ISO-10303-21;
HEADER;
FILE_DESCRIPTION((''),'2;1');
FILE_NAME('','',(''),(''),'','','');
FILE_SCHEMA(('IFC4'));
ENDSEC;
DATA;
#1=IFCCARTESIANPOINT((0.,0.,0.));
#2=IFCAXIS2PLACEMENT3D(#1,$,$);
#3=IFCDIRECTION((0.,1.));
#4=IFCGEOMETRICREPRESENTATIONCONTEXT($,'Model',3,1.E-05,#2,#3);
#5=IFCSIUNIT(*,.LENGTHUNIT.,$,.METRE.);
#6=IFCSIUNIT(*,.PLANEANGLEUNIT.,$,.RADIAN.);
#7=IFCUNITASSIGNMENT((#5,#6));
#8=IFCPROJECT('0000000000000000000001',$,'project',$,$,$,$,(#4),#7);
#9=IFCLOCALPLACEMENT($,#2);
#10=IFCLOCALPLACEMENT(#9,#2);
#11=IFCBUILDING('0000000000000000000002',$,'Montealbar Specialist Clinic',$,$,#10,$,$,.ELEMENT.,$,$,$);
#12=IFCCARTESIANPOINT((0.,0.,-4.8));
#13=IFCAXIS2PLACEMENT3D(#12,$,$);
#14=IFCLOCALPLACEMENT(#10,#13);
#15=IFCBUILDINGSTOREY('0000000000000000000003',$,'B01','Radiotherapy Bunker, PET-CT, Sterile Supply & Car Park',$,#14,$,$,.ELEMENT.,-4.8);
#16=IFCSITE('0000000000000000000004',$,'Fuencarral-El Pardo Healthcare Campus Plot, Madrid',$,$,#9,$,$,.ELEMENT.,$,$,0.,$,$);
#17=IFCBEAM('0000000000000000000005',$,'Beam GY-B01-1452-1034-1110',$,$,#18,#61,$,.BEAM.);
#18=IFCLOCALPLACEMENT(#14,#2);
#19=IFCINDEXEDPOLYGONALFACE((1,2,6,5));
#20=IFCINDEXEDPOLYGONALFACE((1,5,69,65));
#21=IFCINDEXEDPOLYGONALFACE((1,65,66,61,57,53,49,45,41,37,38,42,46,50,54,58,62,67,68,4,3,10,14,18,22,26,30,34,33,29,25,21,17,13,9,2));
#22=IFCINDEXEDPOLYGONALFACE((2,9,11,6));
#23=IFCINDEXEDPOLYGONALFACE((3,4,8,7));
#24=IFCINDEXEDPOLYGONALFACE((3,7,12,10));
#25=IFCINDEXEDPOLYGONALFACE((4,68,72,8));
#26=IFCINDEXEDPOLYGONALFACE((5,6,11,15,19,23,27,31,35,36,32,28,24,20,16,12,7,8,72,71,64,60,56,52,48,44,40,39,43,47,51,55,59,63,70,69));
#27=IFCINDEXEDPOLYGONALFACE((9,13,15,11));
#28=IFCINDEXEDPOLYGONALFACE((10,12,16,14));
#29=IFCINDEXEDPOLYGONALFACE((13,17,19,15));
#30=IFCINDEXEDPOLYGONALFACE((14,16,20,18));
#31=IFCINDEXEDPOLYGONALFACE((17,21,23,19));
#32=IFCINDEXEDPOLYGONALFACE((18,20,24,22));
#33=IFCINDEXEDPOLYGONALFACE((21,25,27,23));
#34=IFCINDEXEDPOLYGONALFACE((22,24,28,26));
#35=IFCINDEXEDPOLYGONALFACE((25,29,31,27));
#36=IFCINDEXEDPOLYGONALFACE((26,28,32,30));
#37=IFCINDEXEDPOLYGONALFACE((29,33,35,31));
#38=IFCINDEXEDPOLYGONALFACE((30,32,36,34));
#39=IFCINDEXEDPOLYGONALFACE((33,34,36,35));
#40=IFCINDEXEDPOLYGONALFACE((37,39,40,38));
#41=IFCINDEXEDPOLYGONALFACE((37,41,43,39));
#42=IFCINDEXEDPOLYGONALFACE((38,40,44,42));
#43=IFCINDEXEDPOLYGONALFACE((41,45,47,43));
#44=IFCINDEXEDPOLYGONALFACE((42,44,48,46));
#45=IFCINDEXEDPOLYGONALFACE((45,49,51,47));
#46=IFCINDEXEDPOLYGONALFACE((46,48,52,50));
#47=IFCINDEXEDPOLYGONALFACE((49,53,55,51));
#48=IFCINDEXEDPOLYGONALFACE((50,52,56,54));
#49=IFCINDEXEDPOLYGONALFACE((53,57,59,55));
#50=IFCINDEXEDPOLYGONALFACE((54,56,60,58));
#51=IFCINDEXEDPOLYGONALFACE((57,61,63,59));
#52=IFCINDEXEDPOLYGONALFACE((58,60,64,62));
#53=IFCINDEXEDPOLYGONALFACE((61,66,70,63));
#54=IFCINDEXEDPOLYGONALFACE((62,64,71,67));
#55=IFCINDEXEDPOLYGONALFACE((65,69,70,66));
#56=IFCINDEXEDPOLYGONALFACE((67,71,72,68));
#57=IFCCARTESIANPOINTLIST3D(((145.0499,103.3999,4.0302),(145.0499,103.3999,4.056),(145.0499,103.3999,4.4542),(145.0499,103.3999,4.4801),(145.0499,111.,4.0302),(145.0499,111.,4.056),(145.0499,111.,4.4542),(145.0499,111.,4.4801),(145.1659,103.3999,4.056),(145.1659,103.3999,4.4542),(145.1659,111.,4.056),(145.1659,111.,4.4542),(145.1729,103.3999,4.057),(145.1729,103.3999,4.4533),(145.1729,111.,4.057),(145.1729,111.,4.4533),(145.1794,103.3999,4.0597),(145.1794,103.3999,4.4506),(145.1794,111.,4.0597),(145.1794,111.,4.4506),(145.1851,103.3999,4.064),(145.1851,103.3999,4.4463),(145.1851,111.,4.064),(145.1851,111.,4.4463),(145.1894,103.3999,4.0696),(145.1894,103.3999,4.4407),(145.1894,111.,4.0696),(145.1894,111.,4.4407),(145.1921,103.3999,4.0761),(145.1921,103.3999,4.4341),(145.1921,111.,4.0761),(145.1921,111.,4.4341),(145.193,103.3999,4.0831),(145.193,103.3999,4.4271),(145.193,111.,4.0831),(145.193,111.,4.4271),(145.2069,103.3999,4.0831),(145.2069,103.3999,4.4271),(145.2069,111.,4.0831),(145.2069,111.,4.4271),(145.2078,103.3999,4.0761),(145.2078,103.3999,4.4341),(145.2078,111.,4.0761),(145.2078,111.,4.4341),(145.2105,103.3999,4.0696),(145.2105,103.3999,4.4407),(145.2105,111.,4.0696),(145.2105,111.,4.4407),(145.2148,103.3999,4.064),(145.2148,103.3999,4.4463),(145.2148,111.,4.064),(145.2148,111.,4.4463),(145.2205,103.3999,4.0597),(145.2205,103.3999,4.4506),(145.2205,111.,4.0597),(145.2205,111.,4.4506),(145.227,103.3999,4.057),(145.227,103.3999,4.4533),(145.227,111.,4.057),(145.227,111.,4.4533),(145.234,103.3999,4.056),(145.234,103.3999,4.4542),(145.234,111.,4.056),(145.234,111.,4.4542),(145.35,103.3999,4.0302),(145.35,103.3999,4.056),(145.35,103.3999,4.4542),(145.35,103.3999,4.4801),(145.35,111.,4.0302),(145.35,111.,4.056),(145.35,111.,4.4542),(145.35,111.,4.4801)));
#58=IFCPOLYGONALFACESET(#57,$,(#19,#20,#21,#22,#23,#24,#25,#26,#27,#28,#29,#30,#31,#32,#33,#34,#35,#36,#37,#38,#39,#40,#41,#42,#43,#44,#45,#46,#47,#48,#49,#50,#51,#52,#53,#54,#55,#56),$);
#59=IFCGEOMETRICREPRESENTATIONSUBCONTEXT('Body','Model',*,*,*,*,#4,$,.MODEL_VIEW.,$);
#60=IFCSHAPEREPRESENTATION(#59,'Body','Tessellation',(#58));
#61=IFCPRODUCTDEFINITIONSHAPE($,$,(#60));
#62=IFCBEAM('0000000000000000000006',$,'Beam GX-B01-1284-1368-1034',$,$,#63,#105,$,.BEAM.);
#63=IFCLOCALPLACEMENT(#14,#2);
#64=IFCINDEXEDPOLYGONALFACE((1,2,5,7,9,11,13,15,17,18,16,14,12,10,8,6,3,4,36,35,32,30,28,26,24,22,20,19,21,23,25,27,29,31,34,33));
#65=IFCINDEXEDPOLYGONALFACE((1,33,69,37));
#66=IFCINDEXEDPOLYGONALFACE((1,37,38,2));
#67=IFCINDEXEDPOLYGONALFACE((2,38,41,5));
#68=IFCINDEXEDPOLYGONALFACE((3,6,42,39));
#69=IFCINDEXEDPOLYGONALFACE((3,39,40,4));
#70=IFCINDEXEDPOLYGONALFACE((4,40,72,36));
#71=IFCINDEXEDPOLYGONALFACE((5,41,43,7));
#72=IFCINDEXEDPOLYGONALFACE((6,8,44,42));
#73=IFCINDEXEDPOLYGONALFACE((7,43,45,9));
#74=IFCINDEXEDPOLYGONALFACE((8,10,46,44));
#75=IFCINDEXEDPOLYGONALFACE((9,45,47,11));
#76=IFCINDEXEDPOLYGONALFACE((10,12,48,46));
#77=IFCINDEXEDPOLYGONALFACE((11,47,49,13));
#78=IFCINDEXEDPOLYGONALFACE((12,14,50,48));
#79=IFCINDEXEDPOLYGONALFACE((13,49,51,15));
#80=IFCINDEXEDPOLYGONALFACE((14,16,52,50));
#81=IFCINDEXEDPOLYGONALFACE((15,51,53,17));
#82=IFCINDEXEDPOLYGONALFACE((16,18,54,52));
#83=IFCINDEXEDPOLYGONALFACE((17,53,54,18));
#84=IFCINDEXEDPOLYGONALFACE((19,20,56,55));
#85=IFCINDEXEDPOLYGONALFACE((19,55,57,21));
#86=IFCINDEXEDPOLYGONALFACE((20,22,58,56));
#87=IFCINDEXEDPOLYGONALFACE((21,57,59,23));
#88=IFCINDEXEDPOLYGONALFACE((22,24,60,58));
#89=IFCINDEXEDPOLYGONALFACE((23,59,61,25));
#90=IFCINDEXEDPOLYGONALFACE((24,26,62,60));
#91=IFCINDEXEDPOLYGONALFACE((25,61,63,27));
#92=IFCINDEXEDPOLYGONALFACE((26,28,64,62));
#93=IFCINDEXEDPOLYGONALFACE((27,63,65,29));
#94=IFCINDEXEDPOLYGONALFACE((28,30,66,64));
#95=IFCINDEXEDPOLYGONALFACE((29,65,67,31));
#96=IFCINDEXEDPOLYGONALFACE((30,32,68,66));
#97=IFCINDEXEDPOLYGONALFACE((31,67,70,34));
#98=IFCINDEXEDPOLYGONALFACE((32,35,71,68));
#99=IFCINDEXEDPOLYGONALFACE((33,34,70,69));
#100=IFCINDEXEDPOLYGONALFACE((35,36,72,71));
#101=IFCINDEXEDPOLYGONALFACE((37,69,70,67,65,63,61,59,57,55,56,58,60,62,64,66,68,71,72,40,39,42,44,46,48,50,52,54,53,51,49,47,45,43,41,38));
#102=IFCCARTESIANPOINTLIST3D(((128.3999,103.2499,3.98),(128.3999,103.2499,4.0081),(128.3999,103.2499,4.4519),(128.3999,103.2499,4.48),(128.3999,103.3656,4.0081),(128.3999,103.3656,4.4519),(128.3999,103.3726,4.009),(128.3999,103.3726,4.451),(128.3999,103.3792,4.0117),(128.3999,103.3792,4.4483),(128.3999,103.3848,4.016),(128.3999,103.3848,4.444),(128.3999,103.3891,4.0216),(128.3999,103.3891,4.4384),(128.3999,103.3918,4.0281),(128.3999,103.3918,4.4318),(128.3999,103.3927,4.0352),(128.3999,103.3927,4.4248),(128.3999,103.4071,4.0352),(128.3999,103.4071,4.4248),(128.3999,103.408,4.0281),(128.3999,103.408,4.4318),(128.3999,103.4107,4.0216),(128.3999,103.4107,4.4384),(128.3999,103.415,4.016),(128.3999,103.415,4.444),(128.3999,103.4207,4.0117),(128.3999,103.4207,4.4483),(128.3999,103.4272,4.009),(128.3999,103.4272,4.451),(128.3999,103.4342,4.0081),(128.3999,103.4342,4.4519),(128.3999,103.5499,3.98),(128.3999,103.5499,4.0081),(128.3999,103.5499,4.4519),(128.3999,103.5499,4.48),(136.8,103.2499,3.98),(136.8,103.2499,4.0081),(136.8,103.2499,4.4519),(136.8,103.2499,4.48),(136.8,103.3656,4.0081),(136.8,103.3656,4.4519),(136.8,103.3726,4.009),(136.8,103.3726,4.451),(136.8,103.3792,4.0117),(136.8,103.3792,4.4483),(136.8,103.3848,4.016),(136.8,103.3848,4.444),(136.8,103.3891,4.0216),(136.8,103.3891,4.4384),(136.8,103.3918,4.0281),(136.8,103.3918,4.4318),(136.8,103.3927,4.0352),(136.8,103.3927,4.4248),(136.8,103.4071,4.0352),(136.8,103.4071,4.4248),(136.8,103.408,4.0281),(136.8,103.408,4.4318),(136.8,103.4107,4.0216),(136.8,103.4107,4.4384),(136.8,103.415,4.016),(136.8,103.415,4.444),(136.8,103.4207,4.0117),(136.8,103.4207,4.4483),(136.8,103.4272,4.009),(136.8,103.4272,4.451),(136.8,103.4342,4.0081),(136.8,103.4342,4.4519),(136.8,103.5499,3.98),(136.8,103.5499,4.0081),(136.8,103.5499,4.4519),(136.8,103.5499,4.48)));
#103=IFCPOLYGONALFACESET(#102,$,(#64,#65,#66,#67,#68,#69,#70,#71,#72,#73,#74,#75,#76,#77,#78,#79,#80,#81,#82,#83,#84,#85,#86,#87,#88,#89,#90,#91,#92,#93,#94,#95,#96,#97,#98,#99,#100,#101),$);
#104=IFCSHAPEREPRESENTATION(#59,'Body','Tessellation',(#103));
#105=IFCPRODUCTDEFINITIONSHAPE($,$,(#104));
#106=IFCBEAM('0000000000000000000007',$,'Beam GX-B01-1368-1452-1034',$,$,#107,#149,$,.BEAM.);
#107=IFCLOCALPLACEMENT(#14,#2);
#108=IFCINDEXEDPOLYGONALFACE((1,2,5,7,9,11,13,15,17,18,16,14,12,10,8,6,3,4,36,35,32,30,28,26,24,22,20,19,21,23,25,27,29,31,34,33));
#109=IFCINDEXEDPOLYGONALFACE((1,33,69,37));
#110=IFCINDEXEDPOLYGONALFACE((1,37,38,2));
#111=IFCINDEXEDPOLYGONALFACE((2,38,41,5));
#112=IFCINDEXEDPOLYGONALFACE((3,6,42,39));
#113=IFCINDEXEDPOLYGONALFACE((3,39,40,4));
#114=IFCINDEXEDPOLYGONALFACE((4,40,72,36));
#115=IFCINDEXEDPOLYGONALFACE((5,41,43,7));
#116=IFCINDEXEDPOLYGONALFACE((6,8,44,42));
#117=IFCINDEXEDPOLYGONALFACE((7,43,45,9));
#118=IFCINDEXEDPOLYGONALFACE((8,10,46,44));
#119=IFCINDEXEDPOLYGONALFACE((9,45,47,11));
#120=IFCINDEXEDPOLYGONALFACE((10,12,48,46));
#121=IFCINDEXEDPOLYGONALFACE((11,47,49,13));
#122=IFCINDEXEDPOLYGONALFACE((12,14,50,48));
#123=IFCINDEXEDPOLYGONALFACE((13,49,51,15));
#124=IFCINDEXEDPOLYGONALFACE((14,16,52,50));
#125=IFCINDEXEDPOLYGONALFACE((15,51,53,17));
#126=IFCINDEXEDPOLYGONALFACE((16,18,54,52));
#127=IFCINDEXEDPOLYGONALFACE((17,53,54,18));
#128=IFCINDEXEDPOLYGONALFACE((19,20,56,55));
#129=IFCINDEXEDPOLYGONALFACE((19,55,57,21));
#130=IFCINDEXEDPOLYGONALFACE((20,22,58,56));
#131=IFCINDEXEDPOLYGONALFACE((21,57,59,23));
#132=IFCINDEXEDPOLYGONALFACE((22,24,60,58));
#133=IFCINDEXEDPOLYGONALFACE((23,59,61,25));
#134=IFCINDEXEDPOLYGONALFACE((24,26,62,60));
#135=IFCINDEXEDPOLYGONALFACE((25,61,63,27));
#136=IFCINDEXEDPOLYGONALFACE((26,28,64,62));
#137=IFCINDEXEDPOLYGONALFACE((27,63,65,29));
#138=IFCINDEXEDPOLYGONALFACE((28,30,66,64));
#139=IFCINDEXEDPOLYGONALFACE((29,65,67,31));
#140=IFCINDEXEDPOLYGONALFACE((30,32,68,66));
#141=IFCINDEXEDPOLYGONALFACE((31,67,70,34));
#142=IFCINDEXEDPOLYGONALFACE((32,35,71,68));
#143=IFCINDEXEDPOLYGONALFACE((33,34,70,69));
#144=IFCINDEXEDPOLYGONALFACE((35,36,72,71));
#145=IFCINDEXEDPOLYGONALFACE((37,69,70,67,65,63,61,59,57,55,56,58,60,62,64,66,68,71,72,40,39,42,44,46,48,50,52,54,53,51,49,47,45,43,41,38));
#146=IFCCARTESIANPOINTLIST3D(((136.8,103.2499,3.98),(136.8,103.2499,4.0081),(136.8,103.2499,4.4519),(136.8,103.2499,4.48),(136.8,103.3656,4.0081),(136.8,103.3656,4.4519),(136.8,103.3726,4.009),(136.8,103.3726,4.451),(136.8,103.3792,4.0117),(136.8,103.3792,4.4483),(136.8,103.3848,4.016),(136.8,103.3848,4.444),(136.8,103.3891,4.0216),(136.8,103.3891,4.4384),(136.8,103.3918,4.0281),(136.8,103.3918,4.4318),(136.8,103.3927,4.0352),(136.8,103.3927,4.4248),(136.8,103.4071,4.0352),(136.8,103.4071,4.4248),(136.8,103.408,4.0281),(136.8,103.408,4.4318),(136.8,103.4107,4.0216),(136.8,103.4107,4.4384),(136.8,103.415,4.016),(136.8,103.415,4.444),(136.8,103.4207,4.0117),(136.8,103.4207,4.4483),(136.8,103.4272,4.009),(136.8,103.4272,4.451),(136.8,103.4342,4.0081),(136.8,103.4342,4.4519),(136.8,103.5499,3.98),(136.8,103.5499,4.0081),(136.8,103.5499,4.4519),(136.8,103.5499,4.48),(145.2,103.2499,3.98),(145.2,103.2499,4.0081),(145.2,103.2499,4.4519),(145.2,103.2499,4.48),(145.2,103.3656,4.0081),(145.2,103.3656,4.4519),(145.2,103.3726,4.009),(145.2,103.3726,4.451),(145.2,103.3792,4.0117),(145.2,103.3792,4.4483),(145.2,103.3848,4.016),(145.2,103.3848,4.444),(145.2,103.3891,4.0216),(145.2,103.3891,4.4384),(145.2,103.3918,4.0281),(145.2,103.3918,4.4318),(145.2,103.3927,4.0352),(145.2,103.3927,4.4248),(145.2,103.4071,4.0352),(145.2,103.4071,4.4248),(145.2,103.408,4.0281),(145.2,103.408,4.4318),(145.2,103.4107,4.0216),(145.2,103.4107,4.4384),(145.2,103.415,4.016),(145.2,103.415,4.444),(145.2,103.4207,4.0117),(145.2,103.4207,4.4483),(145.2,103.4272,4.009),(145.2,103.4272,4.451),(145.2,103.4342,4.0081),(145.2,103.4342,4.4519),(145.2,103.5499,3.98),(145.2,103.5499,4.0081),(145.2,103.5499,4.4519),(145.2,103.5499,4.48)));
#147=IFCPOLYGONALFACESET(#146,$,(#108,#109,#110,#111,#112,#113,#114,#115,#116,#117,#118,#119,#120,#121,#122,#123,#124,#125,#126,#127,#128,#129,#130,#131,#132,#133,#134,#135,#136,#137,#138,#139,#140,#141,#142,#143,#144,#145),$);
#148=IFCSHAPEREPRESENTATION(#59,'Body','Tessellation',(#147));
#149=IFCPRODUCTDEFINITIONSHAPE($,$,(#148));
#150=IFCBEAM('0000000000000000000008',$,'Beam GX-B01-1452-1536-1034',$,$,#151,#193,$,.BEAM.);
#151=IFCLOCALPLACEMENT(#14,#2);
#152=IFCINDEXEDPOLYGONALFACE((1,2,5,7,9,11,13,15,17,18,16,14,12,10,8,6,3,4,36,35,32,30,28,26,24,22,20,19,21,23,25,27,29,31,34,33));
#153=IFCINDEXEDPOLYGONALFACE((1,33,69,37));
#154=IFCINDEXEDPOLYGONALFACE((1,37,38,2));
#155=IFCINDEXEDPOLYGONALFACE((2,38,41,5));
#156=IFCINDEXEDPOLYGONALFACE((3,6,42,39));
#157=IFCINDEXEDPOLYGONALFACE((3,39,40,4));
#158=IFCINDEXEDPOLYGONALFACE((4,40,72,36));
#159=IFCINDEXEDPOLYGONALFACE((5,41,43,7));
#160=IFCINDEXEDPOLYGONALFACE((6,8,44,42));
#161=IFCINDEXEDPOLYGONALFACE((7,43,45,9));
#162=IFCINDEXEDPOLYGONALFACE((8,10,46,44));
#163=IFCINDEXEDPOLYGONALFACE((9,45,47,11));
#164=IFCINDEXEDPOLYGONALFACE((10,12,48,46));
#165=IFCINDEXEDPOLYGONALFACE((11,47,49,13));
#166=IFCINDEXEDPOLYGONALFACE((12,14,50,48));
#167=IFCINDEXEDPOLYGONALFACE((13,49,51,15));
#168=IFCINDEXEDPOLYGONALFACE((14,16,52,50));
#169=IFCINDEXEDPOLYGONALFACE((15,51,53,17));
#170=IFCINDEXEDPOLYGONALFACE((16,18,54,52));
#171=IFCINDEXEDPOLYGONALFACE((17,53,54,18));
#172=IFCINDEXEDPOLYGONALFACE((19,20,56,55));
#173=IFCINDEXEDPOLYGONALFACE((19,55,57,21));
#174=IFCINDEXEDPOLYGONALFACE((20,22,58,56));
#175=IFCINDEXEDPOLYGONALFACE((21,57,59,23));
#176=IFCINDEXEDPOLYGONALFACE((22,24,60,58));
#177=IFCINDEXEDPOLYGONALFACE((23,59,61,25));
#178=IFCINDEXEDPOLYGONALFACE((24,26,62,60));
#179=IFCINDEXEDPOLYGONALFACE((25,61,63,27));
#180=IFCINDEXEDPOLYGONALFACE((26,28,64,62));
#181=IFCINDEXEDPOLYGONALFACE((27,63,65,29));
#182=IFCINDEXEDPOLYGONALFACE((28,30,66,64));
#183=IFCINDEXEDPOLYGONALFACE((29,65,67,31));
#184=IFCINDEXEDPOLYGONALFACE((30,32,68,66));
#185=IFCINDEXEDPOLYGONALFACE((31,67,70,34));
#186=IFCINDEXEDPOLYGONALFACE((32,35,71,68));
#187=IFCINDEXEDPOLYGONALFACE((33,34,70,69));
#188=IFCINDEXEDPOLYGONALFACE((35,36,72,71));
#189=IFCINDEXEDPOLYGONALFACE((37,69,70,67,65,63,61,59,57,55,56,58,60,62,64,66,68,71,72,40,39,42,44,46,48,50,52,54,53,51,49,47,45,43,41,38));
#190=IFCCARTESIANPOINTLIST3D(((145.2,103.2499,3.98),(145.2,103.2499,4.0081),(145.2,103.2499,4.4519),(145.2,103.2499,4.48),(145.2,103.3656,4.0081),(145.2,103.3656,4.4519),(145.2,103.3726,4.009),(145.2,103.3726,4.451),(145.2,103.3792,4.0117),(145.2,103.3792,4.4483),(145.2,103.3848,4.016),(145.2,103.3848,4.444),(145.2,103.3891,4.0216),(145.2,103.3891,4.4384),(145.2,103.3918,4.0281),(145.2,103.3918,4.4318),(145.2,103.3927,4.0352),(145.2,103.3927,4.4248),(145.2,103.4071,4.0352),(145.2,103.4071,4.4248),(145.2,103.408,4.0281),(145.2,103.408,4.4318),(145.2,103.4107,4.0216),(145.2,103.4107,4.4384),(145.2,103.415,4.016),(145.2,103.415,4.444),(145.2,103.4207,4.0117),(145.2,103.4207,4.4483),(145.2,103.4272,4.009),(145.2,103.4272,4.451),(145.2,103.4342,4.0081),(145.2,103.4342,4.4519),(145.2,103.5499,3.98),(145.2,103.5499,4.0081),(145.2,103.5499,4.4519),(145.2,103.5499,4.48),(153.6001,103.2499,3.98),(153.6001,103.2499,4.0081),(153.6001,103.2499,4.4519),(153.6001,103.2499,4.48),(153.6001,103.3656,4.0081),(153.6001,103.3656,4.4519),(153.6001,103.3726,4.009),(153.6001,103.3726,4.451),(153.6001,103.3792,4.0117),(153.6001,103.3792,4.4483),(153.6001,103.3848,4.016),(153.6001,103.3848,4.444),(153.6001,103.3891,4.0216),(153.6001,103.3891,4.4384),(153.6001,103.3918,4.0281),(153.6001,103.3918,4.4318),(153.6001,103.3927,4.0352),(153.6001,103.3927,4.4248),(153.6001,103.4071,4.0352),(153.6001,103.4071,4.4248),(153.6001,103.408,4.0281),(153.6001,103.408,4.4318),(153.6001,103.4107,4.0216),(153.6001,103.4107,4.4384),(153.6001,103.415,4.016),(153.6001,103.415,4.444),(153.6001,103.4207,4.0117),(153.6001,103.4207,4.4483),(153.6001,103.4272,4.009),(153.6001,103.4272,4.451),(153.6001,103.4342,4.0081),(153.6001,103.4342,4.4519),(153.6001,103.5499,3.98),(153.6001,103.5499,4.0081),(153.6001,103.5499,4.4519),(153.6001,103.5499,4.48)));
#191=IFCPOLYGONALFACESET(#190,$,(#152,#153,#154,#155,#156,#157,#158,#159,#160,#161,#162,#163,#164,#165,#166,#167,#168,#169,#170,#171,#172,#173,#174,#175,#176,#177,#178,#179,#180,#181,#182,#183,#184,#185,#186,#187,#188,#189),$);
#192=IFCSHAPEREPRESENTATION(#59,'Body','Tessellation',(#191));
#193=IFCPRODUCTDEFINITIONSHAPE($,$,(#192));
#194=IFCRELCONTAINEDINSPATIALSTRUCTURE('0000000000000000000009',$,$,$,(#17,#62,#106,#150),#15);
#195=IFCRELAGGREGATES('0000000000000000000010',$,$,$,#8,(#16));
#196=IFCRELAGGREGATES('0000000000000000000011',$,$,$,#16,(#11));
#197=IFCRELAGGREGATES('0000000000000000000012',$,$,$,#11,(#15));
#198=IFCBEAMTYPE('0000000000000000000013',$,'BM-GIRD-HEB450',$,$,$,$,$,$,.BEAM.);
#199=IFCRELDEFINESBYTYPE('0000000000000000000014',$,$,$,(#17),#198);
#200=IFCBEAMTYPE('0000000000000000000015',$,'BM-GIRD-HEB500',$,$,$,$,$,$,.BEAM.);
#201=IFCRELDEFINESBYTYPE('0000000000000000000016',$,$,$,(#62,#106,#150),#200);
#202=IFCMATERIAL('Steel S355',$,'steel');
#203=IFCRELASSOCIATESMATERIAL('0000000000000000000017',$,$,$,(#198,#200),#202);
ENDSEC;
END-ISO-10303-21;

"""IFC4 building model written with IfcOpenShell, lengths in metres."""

from ifc_helpers import new_model, si_unit, direction, frame, origin, origin_2d, place, context, subcontext, project, spatial, i_section, extrude, material, material_profile, profile_set, type_object, element, save


model = new_model("IFC4")

# Units and contexts
model_context = context("Model", 3, precision=1e-05, world=origin(), true_north=direction((0.0, 1.0)))
body_context = subcontext(model_context, "Body", "Model", "MODEL_VIEW")
ifc_project = project(units=[si_unit("LENGTHUNIT", "METRE"), si_unit("PLANEANGLEUNIT", "RADIAN")], contexts=[model_context])

# Site, building, storey
site_placement = place(None, origin())
site = spatial("IfcSite", under=ifc_project, at=site_placement, Name="Fuencarral-El Pardo Healthcare Campus Plot, Madrid", CompositionType="ELEMENT", RefElevation=0.0)
building_placement = place(site_placement, origin())
building = spatial("IfcBuilding", under=site, at=building_placement, Name="Montealbar Specialist Clinic", CompositionType="ELEMENT")
storey_placement = place(building_placement, frame((0.0, 0.0, -4.8)))
storey = spatial("IfcBuildingStorey", under=building, at=storey_placement, Name="B01", Description="Radiotherapy Bunker, PET-CT, Sterile Supply & Car Park", CompositionType="ELEMENT", Elevation=-4.8)

# Shared definitions
ifc_material_1 = material(Name="Steel S355", Category="steel")

# Beams
ifc_material_profile_1 = material_profile(ifc_material_1, i_section(OverallWidth=0.3, OverallDepth=0.45, WebThickness=0.0139, FlangeThickness=0.0259, FilletRadius=0.0271, at=origin_2d()), Name="HEB 450", Category="steel")
ifc_profile_set_1 = profile_set([ifc_material_profile_1], Name="Steel S355")
beam_type_1 = type_object("IfcBeamType", Name="BM-GIRD-HEB450", PredefinedType="BEAM", material=ifc_profile_set_1)
for number, where, z_axis, x_axis, name in (
    (1, (145.2, 103.3999, 4.2551), (0.0, 1.0, 0.0), (-1.0, 0.0, 0.0), "Beam GY-B01-1452-1034-1110"),
):
    element("IfcBeam", number, at=place(storey_placement, frame(where, z_axis=z_axis, x_axis=x_axis)), inside=storey, type_object=beam_type_1, Name=name, PredefinedType="BEAM", context=body_context, shape_type="SweptSolid", body=[
        extrude(i_section(OverallWidth=0.3, OverallDepth=0.45, WebThickness=0.0139, FlangeThickness=0.0259, FilletRadius=0.0271, at=origin_2d()), origin(), (0.0, 0.0, 1.0), 7.6001),
    ])
ifc_material_profile_2 = material_profile(ifc_material_1, i_section(OverallWidth=0.3, OverallDepth=0.5, WebThickness=0.0144, FlangeThickness=0.0281, FilletRadius=0.0271, at=origin_2d()), Name="HEB 500", Category="steel")
ifc_profile_set_2 = profile_set([ifc_material_profile_2], Name="Steel S355")
beam_type_2 = type_object("IfcBeamType", Name="BM-GIRD-HEB500", PredefinedType="BEAM", material=ifc_profile_set_2)
beam_1_placement = place(storey_placement, frame((128.3999, 103.3999, 4.23), z_axis=(1.0, 0.0, 0.0), x_axis=(0.0, 1.0, 0.0)))
element("IfcBeam", 2, at=beam_1_placement, inside=storey, type_object=beam_type_2, Name="Beam GX-B01-1284-1368-1034", PredefinedType="BEAM", context=body_context, shape_type="SweptSolid", body=[
    extrude(i_section(OverallWidth=0.3, OverallDepth=0.5, WebThickness=0.0144, FlangeThickness=0.0281, FilletRadius=0.0271, at=origin_2d()), origin(), (0.0, 0.0, 1.0), 8.4001),
])
beam_2_placement = place(storey_placement, frame((136.8, 103.3999, 4.23), z_axis=(1.0, 0.0, 0.0), x_axis=(0.0, 1.0, 0.0)))
element("IfcBeam", 3, at=beam_2_placement, inside=storey, type_object=beam_type_2, Name="Beam GX-B01-1368-1452-1034", PredefinedType="BEAM", context=body_context, shape_type="SweptSolid", body=[
    extrude(i_section(OverallWidth=0.3, OverallDepth=0.5, WebThickness=0.0144, FlangeThickness=0.0281, FilletRadius=0.0271, at=origin_2d()), origin(), (0.0, 0.0, 1.0), 8.3999),
])
beam_3_placement = place(storey_placement, frame((145.2, 103.3999, 4.23), z_axis=(1.0, 0.0, 0.0), x_axis=(0.0, 1.0, 0.0)))
element("IfcBeam", 4, at=beam_3_placement, inside=storey, type_object=beam_type_2, Name="Beam GX-B01-1452-1536-1034", PredefinedType="BEAM", context=body_context, shape_type="SweptSolid", body=[
    extrude(i_section(OverallWidth=0.3, OverallDepth=0.5, WebThickness=0.0144, FlangeThickness=0.0281, FilletRadius=0.0271, at=origin_2d()), origin(), (0.0, 0.0, 1.0), 8.4001),
])

save(model, "model.ifc")
